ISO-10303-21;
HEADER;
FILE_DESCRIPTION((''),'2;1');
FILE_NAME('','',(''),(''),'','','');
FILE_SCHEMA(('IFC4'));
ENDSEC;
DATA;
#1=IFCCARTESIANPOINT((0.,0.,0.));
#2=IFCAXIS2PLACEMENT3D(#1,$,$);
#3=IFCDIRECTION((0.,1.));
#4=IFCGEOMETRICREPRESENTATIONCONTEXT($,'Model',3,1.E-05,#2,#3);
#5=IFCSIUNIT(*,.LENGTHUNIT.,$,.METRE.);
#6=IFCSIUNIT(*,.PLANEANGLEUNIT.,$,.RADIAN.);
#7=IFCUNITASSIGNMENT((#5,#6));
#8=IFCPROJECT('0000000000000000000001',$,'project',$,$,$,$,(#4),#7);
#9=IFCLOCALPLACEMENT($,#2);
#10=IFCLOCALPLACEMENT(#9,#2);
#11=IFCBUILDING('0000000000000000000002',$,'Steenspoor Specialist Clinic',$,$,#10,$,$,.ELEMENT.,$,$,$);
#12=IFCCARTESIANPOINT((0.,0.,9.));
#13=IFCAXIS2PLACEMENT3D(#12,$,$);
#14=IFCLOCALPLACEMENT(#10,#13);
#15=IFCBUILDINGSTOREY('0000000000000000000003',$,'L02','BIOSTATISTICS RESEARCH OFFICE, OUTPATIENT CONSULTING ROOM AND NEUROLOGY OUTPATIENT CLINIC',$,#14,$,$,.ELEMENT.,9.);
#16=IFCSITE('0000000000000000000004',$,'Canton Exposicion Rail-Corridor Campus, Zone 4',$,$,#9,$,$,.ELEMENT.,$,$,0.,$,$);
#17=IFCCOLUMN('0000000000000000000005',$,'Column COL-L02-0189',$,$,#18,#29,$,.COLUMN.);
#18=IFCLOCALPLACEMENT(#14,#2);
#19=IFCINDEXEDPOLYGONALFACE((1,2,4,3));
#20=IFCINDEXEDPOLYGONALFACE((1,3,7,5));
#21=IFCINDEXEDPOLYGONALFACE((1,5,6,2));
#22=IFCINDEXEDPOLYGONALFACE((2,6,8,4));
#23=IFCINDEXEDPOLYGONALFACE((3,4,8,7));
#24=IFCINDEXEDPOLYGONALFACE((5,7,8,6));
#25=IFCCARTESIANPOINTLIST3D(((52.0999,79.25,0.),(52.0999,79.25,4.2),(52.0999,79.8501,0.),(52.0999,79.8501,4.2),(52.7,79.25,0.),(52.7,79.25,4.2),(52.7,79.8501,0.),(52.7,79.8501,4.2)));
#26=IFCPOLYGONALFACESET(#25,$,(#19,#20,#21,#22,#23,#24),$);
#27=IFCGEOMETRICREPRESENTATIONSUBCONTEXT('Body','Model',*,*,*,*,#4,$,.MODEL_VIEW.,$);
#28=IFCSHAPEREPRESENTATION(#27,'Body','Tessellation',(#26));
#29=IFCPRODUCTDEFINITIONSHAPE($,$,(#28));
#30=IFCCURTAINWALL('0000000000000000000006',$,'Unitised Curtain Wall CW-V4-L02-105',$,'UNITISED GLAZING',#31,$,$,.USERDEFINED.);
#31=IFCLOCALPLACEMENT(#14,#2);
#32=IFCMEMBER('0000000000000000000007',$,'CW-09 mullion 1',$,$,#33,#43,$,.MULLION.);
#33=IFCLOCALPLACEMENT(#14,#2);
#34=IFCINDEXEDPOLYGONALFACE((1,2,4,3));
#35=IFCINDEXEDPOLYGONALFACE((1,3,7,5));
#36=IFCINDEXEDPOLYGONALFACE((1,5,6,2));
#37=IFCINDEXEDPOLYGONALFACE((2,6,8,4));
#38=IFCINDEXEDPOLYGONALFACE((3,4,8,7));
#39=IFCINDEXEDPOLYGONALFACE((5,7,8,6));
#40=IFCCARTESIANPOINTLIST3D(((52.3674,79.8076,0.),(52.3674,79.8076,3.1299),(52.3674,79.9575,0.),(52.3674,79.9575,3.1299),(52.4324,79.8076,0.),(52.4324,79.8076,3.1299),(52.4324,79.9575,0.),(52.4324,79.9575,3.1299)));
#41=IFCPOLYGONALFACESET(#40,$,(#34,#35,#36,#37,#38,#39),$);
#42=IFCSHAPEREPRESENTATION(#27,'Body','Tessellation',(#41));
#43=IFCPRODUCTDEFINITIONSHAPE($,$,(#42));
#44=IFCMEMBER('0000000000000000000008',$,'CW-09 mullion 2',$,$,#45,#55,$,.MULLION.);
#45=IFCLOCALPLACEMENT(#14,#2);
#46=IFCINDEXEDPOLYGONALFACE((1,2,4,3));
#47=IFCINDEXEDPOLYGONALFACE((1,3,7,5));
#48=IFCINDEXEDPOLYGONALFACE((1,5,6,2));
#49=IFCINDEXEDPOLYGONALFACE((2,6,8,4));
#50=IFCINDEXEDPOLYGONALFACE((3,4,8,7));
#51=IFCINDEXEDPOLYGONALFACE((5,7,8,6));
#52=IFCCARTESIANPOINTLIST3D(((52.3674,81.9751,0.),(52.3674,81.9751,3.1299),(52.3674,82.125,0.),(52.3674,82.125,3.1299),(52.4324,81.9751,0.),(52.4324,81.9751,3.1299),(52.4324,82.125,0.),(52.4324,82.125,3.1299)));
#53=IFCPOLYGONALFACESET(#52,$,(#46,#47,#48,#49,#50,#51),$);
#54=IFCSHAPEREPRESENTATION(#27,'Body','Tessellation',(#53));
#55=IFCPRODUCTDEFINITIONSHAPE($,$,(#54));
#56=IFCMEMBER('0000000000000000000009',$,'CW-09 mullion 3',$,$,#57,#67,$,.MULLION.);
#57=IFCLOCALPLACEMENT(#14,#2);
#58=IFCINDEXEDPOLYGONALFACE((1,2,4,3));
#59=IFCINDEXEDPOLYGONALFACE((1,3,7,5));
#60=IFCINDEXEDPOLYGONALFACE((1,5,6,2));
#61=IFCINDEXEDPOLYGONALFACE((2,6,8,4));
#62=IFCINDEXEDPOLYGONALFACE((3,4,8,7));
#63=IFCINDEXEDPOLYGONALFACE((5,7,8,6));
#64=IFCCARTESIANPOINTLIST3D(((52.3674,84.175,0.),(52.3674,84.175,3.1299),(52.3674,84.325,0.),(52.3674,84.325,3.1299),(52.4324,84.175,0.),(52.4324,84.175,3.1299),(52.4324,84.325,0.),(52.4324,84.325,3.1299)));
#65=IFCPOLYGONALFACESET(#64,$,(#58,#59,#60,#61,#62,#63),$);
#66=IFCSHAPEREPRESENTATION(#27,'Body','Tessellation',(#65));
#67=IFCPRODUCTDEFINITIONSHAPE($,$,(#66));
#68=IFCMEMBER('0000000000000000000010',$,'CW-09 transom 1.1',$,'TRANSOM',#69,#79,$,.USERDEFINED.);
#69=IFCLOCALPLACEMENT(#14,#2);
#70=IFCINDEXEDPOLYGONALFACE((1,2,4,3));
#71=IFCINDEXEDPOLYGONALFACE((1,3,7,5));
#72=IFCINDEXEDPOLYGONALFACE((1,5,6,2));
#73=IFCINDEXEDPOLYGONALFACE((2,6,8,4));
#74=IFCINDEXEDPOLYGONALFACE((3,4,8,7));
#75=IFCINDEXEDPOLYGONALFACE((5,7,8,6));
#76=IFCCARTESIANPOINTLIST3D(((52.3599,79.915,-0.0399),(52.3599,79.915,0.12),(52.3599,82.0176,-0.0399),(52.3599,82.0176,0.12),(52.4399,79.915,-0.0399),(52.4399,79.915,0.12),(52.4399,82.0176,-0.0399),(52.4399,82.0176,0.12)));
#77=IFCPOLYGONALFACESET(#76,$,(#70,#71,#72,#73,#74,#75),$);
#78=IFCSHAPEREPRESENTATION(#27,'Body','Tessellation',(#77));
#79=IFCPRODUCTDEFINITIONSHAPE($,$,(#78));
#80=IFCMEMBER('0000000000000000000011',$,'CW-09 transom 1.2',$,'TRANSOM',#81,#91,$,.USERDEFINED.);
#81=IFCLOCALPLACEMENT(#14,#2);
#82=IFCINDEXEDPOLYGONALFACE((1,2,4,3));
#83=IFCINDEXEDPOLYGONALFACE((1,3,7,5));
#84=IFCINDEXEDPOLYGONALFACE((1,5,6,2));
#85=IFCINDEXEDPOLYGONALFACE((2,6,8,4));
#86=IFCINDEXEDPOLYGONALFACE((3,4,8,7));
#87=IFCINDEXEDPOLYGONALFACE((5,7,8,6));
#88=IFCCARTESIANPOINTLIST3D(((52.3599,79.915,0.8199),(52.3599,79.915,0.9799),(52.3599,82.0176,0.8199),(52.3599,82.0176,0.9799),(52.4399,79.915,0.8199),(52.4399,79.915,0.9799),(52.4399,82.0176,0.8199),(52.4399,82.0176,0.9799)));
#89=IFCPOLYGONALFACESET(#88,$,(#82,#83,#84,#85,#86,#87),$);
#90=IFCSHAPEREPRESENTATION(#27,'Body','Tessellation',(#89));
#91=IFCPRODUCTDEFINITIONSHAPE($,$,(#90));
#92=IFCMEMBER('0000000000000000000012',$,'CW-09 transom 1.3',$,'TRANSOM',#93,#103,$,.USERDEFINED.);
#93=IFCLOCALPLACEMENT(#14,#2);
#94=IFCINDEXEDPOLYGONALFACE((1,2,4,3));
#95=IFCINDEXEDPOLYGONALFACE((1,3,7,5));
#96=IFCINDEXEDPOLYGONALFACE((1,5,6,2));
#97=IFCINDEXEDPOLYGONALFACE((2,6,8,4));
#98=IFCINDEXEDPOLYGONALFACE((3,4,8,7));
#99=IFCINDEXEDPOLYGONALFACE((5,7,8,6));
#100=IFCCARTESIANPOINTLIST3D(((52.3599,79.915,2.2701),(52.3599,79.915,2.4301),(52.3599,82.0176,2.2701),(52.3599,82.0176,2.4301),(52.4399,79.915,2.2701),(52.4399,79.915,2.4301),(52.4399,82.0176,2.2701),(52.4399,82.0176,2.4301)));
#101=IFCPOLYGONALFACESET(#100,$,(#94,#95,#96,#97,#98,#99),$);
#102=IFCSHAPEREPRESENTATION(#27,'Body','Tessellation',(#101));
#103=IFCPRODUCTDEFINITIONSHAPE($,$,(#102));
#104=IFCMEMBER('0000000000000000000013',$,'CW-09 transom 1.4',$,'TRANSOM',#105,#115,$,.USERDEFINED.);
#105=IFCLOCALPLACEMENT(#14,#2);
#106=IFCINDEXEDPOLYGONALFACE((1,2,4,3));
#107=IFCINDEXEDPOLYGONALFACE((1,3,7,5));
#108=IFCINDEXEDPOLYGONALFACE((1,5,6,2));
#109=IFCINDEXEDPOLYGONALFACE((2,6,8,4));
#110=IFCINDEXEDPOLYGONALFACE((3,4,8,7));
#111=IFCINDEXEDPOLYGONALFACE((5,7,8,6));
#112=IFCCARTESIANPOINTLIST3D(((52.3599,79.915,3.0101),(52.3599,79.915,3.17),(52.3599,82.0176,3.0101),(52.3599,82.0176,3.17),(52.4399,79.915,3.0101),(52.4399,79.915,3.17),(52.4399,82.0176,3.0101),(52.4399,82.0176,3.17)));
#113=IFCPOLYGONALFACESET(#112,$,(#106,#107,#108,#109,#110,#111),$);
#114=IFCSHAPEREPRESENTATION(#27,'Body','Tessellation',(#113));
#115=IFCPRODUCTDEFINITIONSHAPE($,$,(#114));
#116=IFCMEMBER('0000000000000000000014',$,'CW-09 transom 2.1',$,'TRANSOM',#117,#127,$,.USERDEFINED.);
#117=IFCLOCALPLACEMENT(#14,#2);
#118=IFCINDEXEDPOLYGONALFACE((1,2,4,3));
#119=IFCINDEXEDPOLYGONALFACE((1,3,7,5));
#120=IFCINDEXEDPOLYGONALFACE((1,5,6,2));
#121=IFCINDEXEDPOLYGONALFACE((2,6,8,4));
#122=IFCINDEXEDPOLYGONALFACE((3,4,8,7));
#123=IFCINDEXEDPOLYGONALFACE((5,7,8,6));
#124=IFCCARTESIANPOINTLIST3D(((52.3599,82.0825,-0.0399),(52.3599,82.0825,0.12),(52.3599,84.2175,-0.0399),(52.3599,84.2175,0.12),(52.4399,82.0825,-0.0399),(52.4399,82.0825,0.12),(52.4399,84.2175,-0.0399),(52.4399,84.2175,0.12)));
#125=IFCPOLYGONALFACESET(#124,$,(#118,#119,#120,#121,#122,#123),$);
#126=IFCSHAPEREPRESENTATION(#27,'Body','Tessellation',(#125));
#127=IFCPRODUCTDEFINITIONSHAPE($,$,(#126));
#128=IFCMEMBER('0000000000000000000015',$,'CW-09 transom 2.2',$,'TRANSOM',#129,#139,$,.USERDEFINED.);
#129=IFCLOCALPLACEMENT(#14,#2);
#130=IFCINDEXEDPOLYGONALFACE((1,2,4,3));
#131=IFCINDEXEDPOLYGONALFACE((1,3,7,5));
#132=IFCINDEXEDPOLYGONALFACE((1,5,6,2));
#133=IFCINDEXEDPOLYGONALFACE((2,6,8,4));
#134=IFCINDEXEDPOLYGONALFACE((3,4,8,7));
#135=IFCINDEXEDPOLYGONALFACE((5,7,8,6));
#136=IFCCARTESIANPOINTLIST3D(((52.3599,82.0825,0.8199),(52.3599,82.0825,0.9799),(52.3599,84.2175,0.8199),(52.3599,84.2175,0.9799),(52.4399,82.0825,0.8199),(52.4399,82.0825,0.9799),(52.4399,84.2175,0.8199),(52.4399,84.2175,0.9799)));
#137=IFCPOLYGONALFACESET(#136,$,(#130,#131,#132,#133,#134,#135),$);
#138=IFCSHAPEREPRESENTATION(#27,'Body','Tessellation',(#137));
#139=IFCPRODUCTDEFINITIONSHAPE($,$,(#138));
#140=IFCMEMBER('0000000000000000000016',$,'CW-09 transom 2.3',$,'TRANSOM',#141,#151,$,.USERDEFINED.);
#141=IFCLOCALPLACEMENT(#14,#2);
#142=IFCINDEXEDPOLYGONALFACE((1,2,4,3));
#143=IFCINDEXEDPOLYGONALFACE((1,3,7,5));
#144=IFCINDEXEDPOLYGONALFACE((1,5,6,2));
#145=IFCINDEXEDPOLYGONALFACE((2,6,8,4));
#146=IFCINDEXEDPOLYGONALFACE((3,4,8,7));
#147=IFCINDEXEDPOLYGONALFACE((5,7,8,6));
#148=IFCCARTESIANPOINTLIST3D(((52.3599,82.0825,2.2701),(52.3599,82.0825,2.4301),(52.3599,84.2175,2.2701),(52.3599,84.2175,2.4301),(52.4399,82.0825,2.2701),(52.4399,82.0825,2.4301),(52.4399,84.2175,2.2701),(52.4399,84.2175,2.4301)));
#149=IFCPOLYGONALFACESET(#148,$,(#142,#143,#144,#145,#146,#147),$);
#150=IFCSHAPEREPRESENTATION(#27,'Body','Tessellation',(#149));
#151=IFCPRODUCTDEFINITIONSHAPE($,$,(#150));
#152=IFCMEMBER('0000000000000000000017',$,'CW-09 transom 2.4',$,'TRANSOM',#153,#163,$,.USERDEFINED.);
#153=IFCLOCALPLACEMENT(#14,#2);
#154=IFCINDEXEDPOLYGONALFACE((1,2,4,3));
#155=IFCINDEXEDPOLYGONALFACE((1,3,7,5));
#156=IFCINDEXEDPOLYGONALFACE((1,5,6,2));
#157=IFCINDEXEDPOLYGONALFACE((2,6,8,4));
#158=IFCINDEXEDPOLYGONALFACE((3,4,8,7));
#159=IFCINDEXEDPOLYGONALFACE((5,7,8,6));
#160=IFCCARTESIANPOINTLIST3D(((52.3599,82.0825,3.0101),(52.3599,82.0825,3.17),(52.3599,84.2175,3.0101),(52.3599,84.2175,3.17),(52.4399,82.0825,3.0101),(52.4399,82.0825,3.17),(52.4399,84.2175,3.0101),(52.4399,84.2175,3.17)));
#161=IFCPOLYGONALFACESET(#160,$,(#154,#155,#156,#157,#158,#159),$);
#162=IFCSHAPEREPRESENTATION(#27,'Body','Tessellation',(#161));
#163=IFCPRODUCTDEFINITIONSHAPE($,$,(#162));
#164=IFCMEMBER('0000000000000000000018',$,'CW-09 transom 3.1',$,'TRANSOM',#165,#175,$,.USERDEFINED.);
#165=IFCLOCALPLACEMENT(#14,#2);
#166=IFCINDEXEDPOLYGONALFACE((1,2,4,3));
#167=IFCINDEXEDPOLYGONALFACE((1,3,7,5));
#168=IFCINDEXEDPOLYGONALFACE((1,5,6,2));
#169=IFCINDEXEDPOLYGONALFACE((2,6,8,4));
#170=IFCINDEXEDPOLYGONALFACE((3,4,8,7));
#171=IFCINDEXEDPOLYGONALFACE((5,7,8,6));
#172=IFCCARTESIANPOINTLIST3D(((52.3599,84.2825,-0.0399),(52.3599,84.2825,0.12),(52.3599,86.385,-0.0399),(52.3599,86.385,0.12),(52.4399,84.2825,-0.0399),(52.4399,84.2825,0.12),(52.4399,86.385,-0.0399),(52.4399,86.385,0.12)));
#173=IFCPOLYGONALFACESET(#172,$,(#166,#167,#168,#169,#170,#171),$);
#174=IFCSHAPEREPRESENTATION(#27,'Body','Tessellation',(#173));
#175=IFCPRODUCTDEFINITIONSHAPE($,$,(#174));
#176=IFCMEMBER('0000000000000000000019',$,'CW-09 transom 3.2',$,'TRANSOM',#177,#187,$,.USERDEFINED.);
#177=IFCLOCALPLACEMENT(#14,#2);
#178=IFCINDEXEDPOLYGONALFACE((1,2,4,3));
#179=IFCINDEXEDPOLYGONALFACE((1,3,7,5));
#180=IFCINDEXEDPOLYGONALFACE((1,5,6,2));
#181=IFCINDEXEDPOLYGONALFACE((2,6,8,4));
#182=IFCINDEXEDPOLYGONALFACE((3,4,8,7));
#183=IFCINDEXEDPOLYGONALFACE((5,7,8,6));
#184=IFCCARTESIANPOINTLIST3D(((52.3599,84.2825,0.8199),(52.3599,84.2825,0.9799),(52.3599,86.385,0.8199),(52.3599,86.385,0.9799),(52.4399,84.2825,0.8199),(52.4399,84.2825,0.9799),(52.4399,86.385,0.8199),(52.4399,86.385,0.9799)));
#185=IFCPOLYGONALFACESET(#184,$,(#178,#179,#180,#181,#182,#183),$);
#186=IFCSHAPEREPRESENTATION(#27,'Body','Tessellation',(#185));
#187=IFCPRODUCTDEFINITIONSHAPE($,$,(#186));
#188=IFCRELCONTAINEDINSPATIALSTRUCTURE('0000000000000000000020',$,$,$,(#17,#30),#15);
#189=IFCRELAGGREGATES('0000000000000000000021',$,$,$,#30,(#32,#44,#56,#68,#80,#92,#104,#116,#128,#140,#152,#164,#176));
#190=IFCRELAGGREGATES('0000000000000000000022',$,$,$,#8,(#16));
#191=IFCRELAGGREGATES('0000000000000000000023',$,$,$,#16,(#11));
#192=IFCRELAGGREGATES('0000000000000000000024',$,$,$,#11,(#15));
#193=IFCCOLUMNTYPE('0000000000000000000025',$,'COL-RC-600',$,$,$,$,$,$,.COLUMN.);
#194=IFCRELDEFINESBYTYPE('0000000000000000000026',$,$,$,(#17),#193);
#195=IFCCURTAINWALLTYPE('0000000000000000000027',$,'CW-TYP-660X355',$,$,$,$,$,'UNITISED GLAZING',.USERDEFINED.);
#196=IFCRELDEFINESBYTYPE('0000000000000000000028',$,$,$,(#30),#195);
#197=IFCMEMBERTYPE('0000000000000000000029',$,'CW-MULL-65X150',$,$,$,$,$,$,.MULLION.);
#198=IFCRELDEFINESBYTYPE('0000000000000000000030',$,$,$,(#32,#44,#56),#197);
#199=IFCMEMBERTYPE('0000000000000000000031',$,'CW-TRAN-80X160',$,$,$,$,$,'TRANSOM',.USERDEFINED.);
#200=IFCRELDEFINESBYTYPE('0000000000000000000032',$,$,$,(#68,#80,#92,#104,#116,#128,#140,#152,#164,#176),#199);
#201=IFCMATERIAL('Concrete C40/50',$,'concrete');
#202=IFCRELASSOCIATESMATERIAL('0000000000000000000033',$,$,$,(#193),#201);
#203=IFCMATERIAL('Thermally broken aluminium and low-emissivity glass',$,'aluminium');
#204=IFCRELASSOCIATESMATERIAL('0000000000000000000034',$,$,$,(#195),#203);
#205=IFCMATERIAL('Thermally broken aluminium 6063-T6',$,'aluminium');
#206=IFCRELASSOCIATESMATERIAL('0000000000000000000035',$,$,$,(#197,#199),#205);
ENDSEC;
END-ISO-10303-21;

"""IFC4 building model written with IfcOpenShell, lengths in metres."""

from ifc_helpers import new_model, si_unit, direction, frame, origin, origin_2d, place, context, subcontext, project, spatial, rectangle, extrude, material, material_profile, profile_set, type_object, element, aggregate, save


model = new_model("IFC4")

# Units and contexts
model_context = context("Model", 3, precision=1e-05, world=origin(), true_north=direction((0.0, 1.0)))
body_context = subcontext(model_context, "Body", "Model", "MODEL_VIEW")
ifc_project = project(units=[si_unit("LENGTHUNIT", "METRE"), si_unit("PLANEANGLEUNIT", "RADIAN")], contexts=[model_context])

# Site, building, storey
site_placement = place(None, origin())
site = spatial("IfcSite", under=ifc_project, at=site_placement, Name="Canton Exposicion Rail-Corridor Campus, Zone 4", CompositionType="ELEMENT", RefElevation=0.0)
building_placement = place(site_placement, origin())
building = spatial("IfcBuilding", under=site, at=building_placement, Name="Steenspoor Specialist Clinic", CompositionType="ELEMENT")
storey_placement = place(building_placement, frame((0.0, 0.0, 9.0)))
storey = spatial("IfcBuildingStorey", under=building, at=storey_placement, Name="L02", Description="BIOSTATISTICS RESEARCH OFFICE, OUTPATIENT CONSULTING ROOM AND NEUROLOGY OUTPATIENT CLINIC", CompositionType="ELEMENT", Elevation=9.0)

# Column
ifc_material_1 = material(Name="Concrete C40/50", Category="concrete")
ifc_material_profile_1 = material_profile(ifc_material_1, rectangle(XDim=0.6001, YDim=0.6001, at=origin_2d()), Name="RC-COL-600X600")
ifc_profile_set_1 = profile_set([ifc_material_profile_1], Name="Concrete C40/50")
column_type = type_object("IfcColumnType", Name="COL-RC-600", PredefinedType="COLUMN", material=ifc_profile_set_1)
column_placement = place(storey_placement, frame((52.3999, 79.55, 0.0), z_axis=(0.0, 0.0, 1.0), x_axis=(1.0, 0.0, 0.0)))
element("IfcColumn", 1, at=column_placement, inside=storey, type_object=column_type, Name="Column COL-L02-0189", PredefinedType="COLUMN", context=body_context, shape_type="SweptSolid", body=[
    extrude(rectangle(XDim=0.6001, YDim=0.6001, at=origin_2d()), origin(), (0.0, 0.0, 1.0), 4.2),
])

# Curtain wall, members
ifc_material_2 = material(Name="Thermally broken aluminium and low-emissivity glass", Category="aluminium")
curtain_wall_type = type_object("IfcCurtainWallType", Name="CW-TYP-660X355", ElementType="UNITISED GLAZING", PredefinedType="USERDEFINED", material=ifc_material_2)
curtain_wall_placement = place(storey_placement, origin())
curtain_wall = element("IfcCurtainWall", 2, at=curtain_wall_placement, inside=storey, type_object=curtain_wall_type, Name="Unitised Curtain Wall CW-V4-L02-105", ObjectType="UNITISED GLAZING", PredefinedType="USERDEFINED")
ifc_material_3 = material(Name="Thermally broken aluminium 6063-T6", Category="aluminium")
ifc_material_profile_2 = material_profile(ifc_material_3, rectangle(XDim=0.0649, YDim=0.1499, at=origin_2d()), Name="CWM-65X150")
ifc_profile_set_2 = profile_set([ifc_material_profile_2], Name="Thermally broken aluminium 6063-T6")
member_type_1 = type_object("IfcMemberType", Name="CW-MULL-65X150", PredefinedType="MULLION", material=ifc_profile_set_2)
member_1_placement = place(storey_placement, frame((52.3999, 79.8826, 0.0), z_axis=(0.0, 0.0, 1.0), x_axis=(-1.0, 0.0, 0.0)))
member_1 = element("IfcMember", 3, at=member_1_placement, type_object=member_type_1, Name="CW-09 mullion 1", PredefinedType="MULLION", context=body_context, shape_type="SweptSolid", body=[
    extrude(rectangle(XDim=0.0649, YDim=0.1499, at=origin_2d()), origin(), (0.0, 0.0, 1.0), 3.1299),
])
member_2_placement = place(storey_placement, frame((52.3999, 82.05, 0.0), z_axis=(0.0, 0.0, 1.0), x_axis=(-1.0, 0.0, 0.0)))
member_2 = element("IfcMember", 4, at=member_2_placement, type_object=member_type_1, Name="CW-09 mullion 2", PredefinedType="MULLION", context=body_context, shape_type="SweptSolid", body=[
    extrude(rectangle(XDim=0.0649, YDim=0.1499, at=origin_2d()), origin(), (0.0, 0.0, 1.0), 3.1299),
])
member_3_placement = place(storey_placement, frame((52.3999, 84.25, 0.0), z_axis=(0.0, 0.0, 1.0), x_axis=(-1.0, 0.0, 0.0)))
member_3 = element("IfcMember", 5, at=member_3_placement, type_object=member_type_1, Name="CW-09 mullion 3", PredefinedType="MULLION", context=body_context, shape_type="SweptSolid", body=[
    extrude(rectangle(XDim=0.0649, YDim=0.1499, at=origin_2d()), origin(), (0.0, 0.0, 1.0), 3.1299),
])
ifc_material_profile_3 = material_profile(ifc_material_3, rectangle(XDim=0.0801, YDim=0.1599, at=origin_2d()), Name="CWT-80X160")
ifc_profile_set_3 = profile_set([ifc_material_profile_3], Name="Thermally broken aluminium 6063-T6")
member_type_2 = type_object("IfcMemberType", Name="CW-TRAN-80X160", ElementType="TRANSOM", PredefinedType="USERDEFINED", material=ifc_profile_set_3)
member_4_placement = place(storey_placement, frame((52.3999, 79.915, 0.04), z_axis=(0.0, 1.0, 0.0), x_axis=(-1.0, 0.0, 0.0)))
member_4 = element("IfcMember", 6, at=member_4_placement, type_object=member_type_2, Name="CW-09 transom 1.1", ObjectType="TRANSOM", PredefinedType="USERDEFINED", context=body_context, shape_type="SweptSolid", body=[
    extrude(rectangle(XDim=0.0801, YDim=0.1599, at=origin_2d()), origin(), (0.0, 0.0, 1.0), 2.1025),
])
member_5_placement = place(storey_placement, frame((52.3999, 79.915, 0.8999), z_axis=(0.0, 1.0, 0.0), x_axis=(-1.0, 0.0, 0.0)))
member_5 = element("IfcMember", 7, at=member_5_placement, type_object=member_type_2, Name="CW-09 transom 1.2", ObjectType="TRANSOM", PredefinedType="USERDEFINED", context=body_context, shape_type="SweptSolid", body=[
    extrude(rectangle(XDim=0.0801, YDim=0.1599, at=origin_2d()), origin(), (0.0, 0.0, 1.0), 2.1025),
])
member_6_placement = place(storey_placement, frame((52.3999, 79.915, 2.3501), z_axis=(0.0, 1.0, 0.0), x_axis=(-1.0, 0.0, 0.0)))
member_6 = element("IfcMember", 8, at=member_6_placement, type_object=member_type_2, Name="CW-09 transom 1.3", ObjectType="TRANSOM", PredefinedType="USERDEFINED", context=body_context, shape_type="SweptSolid", body=[
    extrude(rectangle(XDim=0.0801, YDim=0.1599, at=origin_2d()), origin(), (0.0, 0.0, 1.0), 2.1025),
])
member_7_placement = place(storey_placement, frame((52.3999, 79.915, 3.0901), z_axis=(0.0, 1.0, 0.0), x_axis=(-1.0, 0.0, 0.0)))
member_7 = element("IfcMember", 9, at=member_7_placement, type_object=member_type_2, Name="CW-09 transom 1.4", ObjectType="TRANSOM", PredefinedType="USERDEFINED", context=body_context, shape_type="SweptSolid", body=[
    extrude(rectangle(XDim=0.0801, YDim=0.1599, at=origin_2d()), origin(), (0.0, 0.0, 1.0), 2.1025),
])
member_8_placement = place(storey_placement, frame((52.3999, 82.0825, 0.04), z_axis=(0.0, 1.0, 0.0), x_axis=(-1.0, 0.0, 0.0)))
member_8 = element("IfcMember", 10, at=member_8_placement, type_object=member_type_2, Name="CW-09 transom 2.1", ObjectType="TRANSOM", PredefinedType="USERDEFINED", context=body_context, shape_type="SweptSolid", body=[
    extrude(rectangle(XDim=0.0801, YDim=0.1599, at=origin_2d()), origin(), (0.0, 0.0, 1.0), 2.135),
])
member_9_placement = place(storey_placement, frame((52.3999, 82.0825, 0.8999), z_axis=(0.0, 1.0, 0.0), x_axis=(-1.0, 0.0, 0.0)))
member_9 = element("IfcMember", 11, at=member_9_placement, type_object=member_type_2, Name="CW-09 transom 2.2", ObjectType="TRANSOM", PredefinedType="USERDEFINED", context=body_context, shape_type="SweptSolid", body=[
    extrude(rectangle(XDim=0.0801, YDim=0.1599, at=origin_2d()), origin(), (0.0, 0.0, 1.0), 2.135),
])
member_10_placement = place(storey_placement, frame((52.3999, 82.0825, 2.3501), z_axis=(0.0, 1.0, 0.0), x_axis=(-1.0, 0.0, 0.0)))
member_10 = element("IfcMember", 12, at=member_10_placement, type_object=member_type_2, Name="CW-09 transom 2.3", ObjectType="TRANSOM", PredefinedType="USERDEFINED", context=body_context, shape_type="SweptSolid", body=[
    extrude(rectangle(XDim=0.0801, YDim=0.1599, at=origin_2d()), origin(), (0.0, 0.0, 1.0), 2.135),
])
member_11_placement = place(storey_placement, frame((52.3999, 82.0825, 3.0901), z_axis=(0.0, 1.0, 0.0), x_axis=(-1.0, 0.0, 0.0)))
member_11 = element("IfcMember", 13, at=member_11_placement, type_object=member_type_2, Name="CW-09 transom 2.4", ObjectType="TRANSOM", PredefinedType="USERDEFINED", context=body_context, shape_type="SweptSolid", body=[
    extrude(rectangle(XDim=0.0801, YDim=0.1599, at=origin_2d()), origin(), (0.0, 0.0, 1.0), 2.135),
])
member_12_placement = place(storey_placement, frame((52.3999, 84.2825, 0.04), z_axis=(0.0, 1.0, 0.0), x_axis=(-1.0, 0.0, 0.0)))
member_12 = element("IfcMember", 14, at=member_12_placement, type_object=member_type_2, Name="CW-09 transom 3.1", ObjectType="TRANSOM", PredefinedType="USERDEFINED", context=body_context, shape_type="SweptSolid", body=[
    extrude(rectangle(XDim=0.0801, YDim=0.1599, at=origin_2d()), origin(), (0.0, 0.0, 1.0), 2.1025),
])
member_13_placement = place(storey_placement, frame((52.3999, 84.2825, 0.8999), z_axis=(0.0, 1.0, 0.0), x_axis=(-1.0, 0.0, 0.0)))
member_13 = element("IfcMember", 15, at=member_13_placement, type_object=member_type_2, Name="CW-09 transom 3.2", ObjectType="TRANSOM", PredefinedType="USERDEFINED", context=body_context, shape_type="SweptSolid", body=[
    extrude(rectangle(XDim=0.0801, YDim=0.1599, at=origin_2d()), origin(), (0.0, 0.0, 1.0), 2.1025),
])

aggregate(curtain_wall, [member_1, member_2, member_3, member_4, member_5, member_6, member_7, member_8, member_9, member_10, member_11, member_12, member_13])

save(model, "model.ifc")
